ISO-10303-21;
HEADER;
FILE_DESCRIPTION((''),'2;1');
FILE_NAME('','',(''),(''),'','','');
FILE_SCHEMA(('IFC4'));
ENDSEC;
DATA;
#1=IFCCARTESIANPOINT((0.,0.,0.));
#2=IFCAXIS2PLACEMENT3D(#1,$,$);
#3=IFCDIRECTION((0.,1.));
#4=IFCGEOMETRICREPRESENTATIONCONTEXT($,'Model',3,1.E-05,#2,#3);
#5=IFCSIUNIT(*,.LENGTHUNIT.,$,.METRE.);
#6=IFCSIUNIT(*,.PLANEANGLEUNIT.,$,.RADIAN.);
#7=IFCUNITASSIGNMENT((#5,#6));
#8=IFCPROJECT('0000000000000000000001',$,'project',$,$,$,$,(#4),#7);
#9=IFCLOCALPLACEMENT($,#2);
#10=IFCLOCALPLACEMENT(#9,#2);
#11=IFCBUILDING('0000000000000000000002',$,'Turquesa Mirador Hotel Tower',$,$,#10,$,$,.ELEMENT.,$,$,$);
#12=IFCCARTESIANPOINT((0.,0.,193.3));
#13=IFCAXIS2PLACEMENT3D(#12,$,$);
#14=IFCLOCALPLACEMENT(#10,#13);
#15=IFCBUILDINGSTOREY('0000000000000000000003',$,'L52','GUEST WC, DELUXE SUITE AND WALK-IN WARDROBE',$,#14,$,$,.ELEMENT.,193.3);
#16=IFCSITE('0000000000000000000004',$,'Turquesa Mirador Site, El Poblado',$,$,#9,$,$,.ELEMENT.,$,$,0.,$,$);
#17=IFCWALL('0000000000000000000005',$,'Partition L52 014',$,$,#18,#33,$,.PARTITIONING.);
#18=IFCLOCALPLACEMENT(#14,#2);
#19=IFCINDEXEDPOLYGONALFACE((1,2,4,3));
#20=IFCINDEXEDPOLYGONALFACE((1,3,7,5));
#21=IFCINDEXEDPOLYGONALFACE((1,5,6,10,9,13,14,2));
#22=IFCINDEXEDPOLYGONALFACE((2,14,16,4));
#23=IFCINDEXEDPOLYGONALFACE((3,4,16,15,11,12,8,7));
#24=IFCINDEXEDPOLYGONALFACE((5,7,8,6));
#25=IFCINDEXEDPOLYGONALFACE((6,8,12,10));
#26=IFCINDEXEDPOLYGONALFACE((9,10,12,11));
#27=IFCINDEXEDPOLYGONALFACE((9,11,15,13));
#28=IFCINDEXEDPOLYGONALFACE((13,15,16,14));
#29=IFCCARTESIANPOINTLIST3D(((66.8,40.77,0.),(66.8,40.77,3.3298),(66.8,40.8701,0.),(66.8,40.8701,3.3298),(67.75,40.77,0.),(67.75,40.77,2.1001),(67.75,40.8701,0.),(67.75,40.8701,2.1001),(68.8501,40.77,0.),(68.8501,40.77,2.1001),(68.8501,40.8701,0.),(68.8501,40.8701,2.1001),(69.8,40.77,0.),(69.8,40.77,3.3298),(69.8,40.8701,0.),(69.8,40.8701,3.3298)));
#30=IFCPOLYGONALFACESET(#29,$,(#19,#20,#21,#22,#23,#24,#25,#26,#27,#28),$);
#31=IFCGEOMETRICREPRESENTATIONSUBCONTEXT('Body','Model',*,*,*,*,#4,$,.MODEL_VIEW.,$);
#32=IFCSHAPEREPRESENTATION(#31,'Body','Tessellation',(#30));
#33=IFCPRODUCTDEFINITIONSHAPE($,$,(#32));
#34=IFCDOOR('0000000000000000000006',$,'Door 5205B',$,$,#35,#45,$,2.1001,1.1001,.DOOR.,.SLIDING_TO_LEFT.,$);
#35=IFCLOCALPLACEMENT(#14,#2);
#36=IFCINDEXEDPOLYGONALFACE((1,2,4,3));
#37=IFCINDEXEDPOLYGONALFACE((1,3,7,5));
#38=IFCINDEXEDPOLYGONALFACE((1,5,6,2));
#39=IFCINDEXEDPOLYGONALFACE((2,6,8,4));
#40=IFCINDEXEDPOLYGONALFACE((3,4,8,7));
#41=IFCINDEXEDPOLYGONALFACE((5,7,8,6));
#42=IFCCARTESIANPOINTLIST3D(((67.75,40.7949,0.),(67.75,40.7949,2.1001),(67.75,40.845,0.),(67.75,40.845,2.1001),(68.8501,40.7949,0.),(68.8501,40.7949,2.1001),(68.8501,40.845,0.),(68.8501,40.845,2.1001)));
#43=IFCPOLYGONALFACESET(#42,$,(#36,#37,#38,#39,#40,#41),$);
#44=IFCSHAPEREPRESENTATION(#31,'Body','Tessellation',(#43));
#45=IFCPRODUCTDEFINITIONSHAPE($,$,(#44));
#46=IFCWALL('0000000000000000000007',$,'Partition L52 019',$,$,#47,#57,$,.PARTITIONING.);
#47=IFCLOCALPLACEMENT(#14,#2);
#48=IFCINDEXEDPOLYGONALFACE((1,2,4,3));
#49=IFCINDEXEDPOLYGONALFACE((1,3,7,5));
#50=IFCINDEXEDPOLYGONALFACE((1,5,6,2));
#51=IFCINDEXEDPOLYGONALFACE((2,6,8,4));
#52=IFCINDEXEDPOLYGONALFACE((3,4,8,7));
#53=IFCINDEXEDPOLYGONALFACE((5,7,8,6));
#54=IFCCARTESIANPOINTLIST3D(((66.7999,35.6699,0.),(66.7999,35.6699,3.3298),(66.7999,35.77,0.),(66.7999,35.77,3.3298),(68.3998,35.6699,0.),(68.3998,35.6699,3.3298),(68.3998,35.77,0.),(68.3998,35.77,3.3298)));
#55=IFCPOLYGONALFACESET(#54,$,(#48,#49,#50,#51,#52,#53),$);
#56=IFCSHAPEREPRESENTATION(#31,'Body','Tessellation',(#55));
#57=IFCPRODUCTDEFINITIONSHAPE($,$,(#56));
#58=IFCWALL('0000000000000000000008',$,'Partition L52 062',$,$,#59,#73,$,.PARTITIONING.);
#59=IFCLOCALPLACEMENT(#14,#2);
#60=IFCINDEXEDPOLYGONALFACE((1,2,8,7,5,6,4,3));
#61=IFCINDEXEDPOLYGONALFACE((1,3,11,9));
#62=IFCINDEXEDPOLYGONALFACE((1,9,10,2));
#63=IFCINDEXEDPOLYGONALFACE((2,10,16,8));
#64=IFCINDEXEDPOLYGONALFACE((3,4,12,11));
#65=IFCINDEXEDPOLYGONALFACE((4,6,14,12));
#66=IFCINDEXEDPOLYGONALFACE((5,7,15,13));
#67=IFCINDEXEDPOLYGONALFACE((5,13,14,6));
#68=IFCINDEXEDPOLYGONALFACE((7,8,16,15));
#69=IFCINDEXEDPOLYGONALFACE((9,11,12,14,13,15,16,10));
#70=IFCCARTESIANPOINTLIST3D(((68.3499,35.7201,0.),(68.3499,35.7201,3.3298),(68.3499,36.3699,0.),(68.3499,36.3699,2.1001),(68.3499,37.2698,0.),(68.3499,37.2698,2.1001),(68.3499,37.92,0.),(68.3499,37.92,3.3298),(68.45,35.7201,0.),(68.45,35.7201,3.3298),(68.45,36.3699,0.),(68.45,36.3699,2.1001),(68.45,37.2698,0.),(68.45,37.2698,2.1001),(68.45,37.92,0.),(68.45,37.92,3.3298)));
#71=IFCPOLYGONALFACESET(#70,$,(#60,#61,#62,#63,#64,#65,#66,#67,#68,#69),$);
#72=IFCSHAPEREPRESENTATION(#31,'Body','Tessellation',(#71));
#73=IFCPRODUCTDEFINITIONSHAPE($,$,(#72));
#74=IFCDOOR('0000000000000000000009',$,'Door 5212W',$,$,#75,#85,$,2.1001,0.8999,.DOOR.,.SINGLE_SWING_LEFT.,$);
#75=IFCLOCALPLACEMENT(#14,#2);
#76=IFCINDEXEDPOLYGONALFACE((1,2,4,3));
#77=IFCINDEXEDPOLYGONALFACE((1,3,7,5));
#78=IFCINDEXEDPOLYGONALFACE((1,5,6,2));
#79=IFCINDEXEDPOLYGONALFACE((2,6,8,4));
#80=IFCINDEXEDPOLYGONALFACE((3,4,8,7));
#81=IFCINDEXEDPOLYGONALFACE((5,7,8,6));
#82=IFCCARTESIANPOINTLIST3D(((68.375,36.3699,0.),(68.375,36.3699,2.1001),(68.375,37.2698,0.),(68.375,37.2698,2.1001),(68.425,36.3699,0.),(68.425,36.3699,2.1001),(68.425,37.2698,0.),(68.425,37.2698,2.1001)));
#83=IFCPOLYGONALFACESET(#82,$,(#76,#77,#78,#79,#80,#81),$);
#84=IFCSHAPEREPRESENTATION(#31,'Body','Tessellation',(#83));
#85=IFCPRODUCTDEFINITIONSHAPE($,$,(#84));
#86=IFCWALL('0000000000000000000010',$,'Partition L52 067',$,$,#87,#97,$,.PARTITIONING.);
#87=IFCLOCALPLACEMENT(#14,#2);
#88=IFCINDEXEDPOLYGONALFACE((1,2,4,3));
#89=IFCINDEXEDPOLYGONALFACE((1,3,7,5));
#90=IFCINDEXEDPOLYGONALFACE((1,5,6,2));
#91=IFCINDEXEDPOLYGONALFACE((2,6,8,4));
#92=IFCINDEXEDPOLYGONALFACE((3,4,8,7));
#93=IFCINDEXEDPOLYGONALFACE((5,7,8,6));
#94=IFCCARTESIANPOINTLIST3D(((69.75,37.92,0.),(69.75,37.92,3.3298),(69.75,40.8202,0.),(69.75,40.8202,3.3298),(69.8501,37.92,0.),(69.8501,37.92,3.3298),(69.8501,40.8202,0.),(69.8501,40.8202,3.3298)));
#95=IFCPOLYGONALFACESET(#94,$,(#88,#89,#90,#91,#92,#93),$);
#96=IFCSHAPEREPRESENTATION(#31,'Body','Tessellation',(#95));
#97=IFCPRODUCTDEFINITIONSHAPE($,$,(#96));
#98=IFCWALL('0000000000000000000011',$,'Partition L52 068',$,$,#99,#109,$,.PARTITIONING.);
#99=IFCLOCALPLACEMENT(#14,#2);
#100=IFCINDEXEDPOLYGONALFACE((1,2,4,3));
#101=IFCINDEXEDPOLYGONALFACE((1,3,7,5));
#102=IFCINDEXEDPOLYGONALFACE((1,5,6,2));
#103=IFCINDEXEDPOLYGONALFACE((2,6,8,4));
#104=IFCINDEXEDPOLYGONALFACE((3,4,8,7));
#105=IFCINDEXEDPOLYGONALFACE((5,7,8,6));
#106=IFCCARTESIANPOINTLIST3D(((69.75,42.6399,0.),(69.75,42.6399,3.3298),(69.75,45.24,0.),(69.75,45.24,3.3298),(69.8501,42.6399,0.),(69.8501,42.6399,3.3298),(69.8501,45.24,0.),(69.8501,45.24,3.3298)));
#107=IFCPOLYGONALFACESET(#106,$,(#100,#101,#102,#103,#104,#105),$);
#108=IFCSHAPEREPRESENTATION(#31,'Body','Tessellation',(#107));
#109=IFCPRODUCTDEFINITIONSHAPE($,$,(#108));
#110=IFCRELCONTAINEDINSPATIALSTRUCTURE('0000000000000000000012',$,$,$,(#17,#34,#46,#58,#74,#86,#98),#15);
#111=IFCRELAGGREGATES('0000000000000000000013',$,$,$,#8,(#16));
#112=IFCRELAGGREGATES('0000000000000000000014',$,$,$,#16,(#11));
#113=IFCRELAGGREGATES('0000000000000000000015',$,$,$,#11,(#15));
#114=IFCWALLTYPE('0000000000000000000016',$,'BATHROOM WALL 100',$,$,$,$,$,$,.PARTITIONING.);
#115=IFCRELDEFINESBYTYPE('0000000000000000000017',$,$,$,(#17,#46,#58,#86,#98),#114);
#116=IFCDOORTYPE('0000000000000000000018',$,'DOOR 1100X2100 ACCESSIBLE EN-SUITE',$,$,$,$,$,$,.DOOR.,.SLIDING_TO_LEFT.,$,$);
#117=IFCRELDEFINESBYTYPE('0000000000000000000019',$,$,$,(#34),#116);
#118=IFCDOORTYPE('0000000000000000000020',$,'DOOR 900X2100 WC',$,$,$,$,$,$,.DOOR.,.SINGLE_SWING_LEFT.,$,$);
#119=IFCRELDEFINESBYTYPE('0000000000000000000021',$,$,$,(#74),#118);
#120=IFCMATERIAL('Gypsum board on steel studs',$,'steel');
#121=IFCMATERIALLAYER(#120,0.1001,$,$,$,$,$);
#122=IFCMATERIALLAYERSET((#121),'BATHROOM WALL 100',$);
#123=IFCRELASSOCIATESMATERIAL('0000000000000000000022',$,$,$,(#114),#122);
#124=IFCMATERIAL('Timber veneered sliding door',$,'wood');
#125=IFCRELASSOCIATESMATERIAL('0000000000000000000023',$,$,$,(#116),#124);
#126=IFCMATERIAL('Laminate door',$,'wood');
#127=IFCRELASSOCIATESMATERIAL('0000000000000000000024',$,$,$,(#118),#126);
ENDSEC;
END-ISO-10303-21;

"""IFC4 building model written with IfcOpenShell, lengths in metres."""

from ifc_helpers import new_model, si_unit, direction, frame, frame_2d, origin, place, context, subcontext, project, spatial, rectangle, extrude, material, layer, layer_set, type_object, element, fill, save


model = new_model("IFC4")

# Units and contexts
model_context = context("Model", 3, precision=1e-05, world=origin(), true_north=direction((0.0, 1.0)))
body_context = subcontext(model_context, "Body", "Model", "MODEL_VIEW")
ifc_project = project(units=[si_unit("LENGTHUNIT", "METRE"), si_unit("PLANEANGLEUNIT", "RADIAN")], contexts=[model_context])

# Site, building, storey
site_placement = place(None, origin())
site = spatial("IfcSite", under=ifc_project, at=site_placement, Name="Turquesa Mirador Site, El Poblado", CompositionType="ELEMENT", RefElevation=0.0)
building_placement = place(site_placement, origin())
building = spatial("IfcBuilding", under=site, at=building_placement, Name="Turquesa Mirador Hotel Tower", CompositionType="ELEMENT")
storey_placement = place(building_placement, frame((0.0, 0.0, 193.3)))
storey = spatial("IfcBuildingStorey", under=building, at=storey_placement, Name="L52", Description="GUEST WC, DELUXE SUITE AND WALK-IN WARDROBE", CompositionType="ELEMENT", Elevation=193.3)

# Wall, opening, door
ifc_material_1 = material(Name="Gypsum board on steel studs", Category="steel")
ifc_layer_1 = layer(ifc_material_1, 0.1001)
ifc_layer_set_1 = layer_set([ifc_layer_1], Name="BATHROOM WALL 100")
wall_type_1 = type_object("IfcWallType", Name="BATHROOM WALL 100", PredefinedType="PARTITIONING", material=ifc_layer_set_1)
wall_1_placement = place(storey_placement, frame((66.8, 40.8201, 0.0), z_axis=(0.0, 0.0, 1.0), x_axis=(1.0, 0.0, 0.0)))
wall_1 = element("IfcWall", 1, at=wall_1_placement, inside=storey, type_object=wall_type_1, Name="Partition L52 014", PredefinedType="PARTITIONING", context=body_context, shape_type="SweptSolid", body=[
    extrude(rectangle(XDim=3.0, YDim=0.1001, at=frame_2d((1.5, 0.0))), origin(), (0.0, 0.0, 1.0), 3.3298),
])
opening_1_placement = place(wall_1_placement, frame((0.95, 0.0, 0.0)))
opening_1 = element("IfcOpeningElement", 2, at=opening_1_placement, cuts=wall_1, PredefinedType="OPENING", context=body_context, shape_type="SweptSolid", body=[
    extrude(rectangle(XDim=1.1001, YDim=2.1001, at=frame_2d((0.55, 1.05))), frame((0.0, 0.0601, 0.0), z_axis=(0.0, -1.0, 0.0), x_axis=(1.0, 0.0, 0.0)), (0.0, 0.0, 1.0), 0.1201),
])
ifc_material_2 = material(Name="Timber veneered sliding door", Category="wood")
door_type_1 = type_object("IfcDoorType", Name="DOOR 1100X2100 ACCESSIBLE EN-SUITE", OperationType="SLIDING_TO_LEFT", PredefinedType="DOOR", material=ifc_material_2)
door_1_placement = place(opening_1_placement, origin())
door_1 = element("IfcDoor", 3, at=door_1_placement, inside=storey, type_object=door_type_1, Name="Door 5205B", OperationType="SLIDING_TO_LEFT", OverallHeight=2.1001, OverallWidth=1.1001, PredefinedType="DOOR", context=body_context, shape_type="SweptSolid", body=[
    extrude(rectangle(XDim=1.1001, YDim=2.1001, at=frame_2d((0.55, 1.05))), frame((0.0, 0.0249, 0.0), z_axis=(0.0, -1.0, 0.0), x_axis=(1.0, 0.0, 0.0)), (0.0, 0.0, 1.0), 0.05),
])
fill(opening_1, door_1)

# Wall
wall_2_placement = place(storey_placement, frame((66.8, 35.72, 0.0), z_axis=(0.0, 0.0, 1.0), x_axis=(1.0, 0.0, 0.0)))
element("IfcWall", 4, at=wall_2_placement, inside=storey, type_object=wall_type_1, Name="Partition L52 019", PredefinedType="PARTITIONING", context=body_context, shape_type="SweptSolid", body=[
    extrude(rectangle(XDim=1.5999, YDim=0.1001, at=frame_2d((0.7998, 0.0))), origin(), (0.0, 0.0, 1.0), 3.3298),
])

# Wall, opening, door
wall_3_placement = place(storey_placement, frame((68.3999, 35.72, 0.0), z_axis=(0.0, 0.0, 1.0), x_axis=(0.0, 1.0, 0.0)))
wall_3 = element("IfcWall", 5, at=wall_3_placement, inside=storey, type_object=wall_type_1, Name="Partition L52 062", PredefinedType="PARTITIONING", context=body_context, shape_type="SweptSolid", body=[
    extrude(rectangle(XDim=2.2, YDim=0.1001, at=frame_2d((1.1001, 0.0))), origin(), (0.0, 0.0, 1.0), 3.3298),
])
opening_2_placement = place(wall_3_placement, frame((0.6499, 0.0, 0.0)))
opening_2 = element("IfcOpeningElement", 6, at=opening_2_placement, cuts=wall_3, PredefinedType="OPENING", context=body_context, shape_type="SweptSolid", body=[
    extrude(rectangle(XDim=0.8999, YDim=2.1001, at=frame_2d((0.45, 1.05))), frame((0.0, 0.0601, 0.0), z_axis=(0.0, -1.0, 0.0), x_axis=(1.0, 0.0, 0.0)), (0.0, 0.0, 1.0), 0.1201),
])
ifc_material_3 = material(Name="Laminate door", Category="wood")
door_type_2 = type_object("IfcDoorType", Name="DOOR 900X2100 WC", OperationType="SINGLE_SWING_LEFT", PredefinedType="DOOR", material=ifc_material_3)
door_2_placement = place(opening_2_placement, origin())
door_2 = element("IfcDoor", 7, at=door_2_placement, inside=storey, type_object=door_type_2, Name="Door 5212W", OperationType="SINGLE_SWING_LEFT", OverallHeight=2.1001, OverallWidth=0.8999, PredefinedType="DOOR", context=body_context, shape_type="SweptSolid", body=[
    extrude(rectangle(XDim=0.8999, YDim=2.1001, at=frame_2d((0.45, 1.05))), frame((0.0, 0.0249, 0.0), z_axis=(0.0, -1.0, 0.0), x_axis=(1.0, 0.0, 0.0)), (0.0, 0.0, 1.0), 0.05),
])
fill(opening_2, door_2)

# Walls
wall_4_placement = place(storey_placement, frame((69.8, 37.9199, 0.0), z_axis=(0.0, 0.0, 1.0), x_axis=(0.0, 1.0, 0.0)))
element("IfcWall", 8, at=wall_4_placement, inside=storey, type_object=wall_type_1, Name="Partition L52 067", PredefinedType="PARTITIONING", context=body_context, shape_type="SweptSolid", body=[
    extrude(rectangle(XDim=2.9001, YDim=0.1001, at=frame_2d((1.4502, 0.0))), origin(), (0.0, 0.0, 1.0), 3.3298),
])
wall_5_placement = place(storey_placement, frame((69.8, 42.6399, 0.0), z_axis=(0.0, 0.0, 1.0), x_axis=(0.0, 1.0, 0.0)))
element("IfcWall", 9, at=wall_5_placement, inside=storey, type_object=wall_type_1, Name="Partition L52 068", PredefinedType="PARTITIONING", context=body_context, shape_type="SweptSolid", body=[
    extrude(rectangle(XDim=2.6001, YDim=0.1001, at=frame_2d((1.3, 0.0))), origin(), (0.0, 0.0, 1.0), 3.3298),
])

save(model, "model.ifc")
